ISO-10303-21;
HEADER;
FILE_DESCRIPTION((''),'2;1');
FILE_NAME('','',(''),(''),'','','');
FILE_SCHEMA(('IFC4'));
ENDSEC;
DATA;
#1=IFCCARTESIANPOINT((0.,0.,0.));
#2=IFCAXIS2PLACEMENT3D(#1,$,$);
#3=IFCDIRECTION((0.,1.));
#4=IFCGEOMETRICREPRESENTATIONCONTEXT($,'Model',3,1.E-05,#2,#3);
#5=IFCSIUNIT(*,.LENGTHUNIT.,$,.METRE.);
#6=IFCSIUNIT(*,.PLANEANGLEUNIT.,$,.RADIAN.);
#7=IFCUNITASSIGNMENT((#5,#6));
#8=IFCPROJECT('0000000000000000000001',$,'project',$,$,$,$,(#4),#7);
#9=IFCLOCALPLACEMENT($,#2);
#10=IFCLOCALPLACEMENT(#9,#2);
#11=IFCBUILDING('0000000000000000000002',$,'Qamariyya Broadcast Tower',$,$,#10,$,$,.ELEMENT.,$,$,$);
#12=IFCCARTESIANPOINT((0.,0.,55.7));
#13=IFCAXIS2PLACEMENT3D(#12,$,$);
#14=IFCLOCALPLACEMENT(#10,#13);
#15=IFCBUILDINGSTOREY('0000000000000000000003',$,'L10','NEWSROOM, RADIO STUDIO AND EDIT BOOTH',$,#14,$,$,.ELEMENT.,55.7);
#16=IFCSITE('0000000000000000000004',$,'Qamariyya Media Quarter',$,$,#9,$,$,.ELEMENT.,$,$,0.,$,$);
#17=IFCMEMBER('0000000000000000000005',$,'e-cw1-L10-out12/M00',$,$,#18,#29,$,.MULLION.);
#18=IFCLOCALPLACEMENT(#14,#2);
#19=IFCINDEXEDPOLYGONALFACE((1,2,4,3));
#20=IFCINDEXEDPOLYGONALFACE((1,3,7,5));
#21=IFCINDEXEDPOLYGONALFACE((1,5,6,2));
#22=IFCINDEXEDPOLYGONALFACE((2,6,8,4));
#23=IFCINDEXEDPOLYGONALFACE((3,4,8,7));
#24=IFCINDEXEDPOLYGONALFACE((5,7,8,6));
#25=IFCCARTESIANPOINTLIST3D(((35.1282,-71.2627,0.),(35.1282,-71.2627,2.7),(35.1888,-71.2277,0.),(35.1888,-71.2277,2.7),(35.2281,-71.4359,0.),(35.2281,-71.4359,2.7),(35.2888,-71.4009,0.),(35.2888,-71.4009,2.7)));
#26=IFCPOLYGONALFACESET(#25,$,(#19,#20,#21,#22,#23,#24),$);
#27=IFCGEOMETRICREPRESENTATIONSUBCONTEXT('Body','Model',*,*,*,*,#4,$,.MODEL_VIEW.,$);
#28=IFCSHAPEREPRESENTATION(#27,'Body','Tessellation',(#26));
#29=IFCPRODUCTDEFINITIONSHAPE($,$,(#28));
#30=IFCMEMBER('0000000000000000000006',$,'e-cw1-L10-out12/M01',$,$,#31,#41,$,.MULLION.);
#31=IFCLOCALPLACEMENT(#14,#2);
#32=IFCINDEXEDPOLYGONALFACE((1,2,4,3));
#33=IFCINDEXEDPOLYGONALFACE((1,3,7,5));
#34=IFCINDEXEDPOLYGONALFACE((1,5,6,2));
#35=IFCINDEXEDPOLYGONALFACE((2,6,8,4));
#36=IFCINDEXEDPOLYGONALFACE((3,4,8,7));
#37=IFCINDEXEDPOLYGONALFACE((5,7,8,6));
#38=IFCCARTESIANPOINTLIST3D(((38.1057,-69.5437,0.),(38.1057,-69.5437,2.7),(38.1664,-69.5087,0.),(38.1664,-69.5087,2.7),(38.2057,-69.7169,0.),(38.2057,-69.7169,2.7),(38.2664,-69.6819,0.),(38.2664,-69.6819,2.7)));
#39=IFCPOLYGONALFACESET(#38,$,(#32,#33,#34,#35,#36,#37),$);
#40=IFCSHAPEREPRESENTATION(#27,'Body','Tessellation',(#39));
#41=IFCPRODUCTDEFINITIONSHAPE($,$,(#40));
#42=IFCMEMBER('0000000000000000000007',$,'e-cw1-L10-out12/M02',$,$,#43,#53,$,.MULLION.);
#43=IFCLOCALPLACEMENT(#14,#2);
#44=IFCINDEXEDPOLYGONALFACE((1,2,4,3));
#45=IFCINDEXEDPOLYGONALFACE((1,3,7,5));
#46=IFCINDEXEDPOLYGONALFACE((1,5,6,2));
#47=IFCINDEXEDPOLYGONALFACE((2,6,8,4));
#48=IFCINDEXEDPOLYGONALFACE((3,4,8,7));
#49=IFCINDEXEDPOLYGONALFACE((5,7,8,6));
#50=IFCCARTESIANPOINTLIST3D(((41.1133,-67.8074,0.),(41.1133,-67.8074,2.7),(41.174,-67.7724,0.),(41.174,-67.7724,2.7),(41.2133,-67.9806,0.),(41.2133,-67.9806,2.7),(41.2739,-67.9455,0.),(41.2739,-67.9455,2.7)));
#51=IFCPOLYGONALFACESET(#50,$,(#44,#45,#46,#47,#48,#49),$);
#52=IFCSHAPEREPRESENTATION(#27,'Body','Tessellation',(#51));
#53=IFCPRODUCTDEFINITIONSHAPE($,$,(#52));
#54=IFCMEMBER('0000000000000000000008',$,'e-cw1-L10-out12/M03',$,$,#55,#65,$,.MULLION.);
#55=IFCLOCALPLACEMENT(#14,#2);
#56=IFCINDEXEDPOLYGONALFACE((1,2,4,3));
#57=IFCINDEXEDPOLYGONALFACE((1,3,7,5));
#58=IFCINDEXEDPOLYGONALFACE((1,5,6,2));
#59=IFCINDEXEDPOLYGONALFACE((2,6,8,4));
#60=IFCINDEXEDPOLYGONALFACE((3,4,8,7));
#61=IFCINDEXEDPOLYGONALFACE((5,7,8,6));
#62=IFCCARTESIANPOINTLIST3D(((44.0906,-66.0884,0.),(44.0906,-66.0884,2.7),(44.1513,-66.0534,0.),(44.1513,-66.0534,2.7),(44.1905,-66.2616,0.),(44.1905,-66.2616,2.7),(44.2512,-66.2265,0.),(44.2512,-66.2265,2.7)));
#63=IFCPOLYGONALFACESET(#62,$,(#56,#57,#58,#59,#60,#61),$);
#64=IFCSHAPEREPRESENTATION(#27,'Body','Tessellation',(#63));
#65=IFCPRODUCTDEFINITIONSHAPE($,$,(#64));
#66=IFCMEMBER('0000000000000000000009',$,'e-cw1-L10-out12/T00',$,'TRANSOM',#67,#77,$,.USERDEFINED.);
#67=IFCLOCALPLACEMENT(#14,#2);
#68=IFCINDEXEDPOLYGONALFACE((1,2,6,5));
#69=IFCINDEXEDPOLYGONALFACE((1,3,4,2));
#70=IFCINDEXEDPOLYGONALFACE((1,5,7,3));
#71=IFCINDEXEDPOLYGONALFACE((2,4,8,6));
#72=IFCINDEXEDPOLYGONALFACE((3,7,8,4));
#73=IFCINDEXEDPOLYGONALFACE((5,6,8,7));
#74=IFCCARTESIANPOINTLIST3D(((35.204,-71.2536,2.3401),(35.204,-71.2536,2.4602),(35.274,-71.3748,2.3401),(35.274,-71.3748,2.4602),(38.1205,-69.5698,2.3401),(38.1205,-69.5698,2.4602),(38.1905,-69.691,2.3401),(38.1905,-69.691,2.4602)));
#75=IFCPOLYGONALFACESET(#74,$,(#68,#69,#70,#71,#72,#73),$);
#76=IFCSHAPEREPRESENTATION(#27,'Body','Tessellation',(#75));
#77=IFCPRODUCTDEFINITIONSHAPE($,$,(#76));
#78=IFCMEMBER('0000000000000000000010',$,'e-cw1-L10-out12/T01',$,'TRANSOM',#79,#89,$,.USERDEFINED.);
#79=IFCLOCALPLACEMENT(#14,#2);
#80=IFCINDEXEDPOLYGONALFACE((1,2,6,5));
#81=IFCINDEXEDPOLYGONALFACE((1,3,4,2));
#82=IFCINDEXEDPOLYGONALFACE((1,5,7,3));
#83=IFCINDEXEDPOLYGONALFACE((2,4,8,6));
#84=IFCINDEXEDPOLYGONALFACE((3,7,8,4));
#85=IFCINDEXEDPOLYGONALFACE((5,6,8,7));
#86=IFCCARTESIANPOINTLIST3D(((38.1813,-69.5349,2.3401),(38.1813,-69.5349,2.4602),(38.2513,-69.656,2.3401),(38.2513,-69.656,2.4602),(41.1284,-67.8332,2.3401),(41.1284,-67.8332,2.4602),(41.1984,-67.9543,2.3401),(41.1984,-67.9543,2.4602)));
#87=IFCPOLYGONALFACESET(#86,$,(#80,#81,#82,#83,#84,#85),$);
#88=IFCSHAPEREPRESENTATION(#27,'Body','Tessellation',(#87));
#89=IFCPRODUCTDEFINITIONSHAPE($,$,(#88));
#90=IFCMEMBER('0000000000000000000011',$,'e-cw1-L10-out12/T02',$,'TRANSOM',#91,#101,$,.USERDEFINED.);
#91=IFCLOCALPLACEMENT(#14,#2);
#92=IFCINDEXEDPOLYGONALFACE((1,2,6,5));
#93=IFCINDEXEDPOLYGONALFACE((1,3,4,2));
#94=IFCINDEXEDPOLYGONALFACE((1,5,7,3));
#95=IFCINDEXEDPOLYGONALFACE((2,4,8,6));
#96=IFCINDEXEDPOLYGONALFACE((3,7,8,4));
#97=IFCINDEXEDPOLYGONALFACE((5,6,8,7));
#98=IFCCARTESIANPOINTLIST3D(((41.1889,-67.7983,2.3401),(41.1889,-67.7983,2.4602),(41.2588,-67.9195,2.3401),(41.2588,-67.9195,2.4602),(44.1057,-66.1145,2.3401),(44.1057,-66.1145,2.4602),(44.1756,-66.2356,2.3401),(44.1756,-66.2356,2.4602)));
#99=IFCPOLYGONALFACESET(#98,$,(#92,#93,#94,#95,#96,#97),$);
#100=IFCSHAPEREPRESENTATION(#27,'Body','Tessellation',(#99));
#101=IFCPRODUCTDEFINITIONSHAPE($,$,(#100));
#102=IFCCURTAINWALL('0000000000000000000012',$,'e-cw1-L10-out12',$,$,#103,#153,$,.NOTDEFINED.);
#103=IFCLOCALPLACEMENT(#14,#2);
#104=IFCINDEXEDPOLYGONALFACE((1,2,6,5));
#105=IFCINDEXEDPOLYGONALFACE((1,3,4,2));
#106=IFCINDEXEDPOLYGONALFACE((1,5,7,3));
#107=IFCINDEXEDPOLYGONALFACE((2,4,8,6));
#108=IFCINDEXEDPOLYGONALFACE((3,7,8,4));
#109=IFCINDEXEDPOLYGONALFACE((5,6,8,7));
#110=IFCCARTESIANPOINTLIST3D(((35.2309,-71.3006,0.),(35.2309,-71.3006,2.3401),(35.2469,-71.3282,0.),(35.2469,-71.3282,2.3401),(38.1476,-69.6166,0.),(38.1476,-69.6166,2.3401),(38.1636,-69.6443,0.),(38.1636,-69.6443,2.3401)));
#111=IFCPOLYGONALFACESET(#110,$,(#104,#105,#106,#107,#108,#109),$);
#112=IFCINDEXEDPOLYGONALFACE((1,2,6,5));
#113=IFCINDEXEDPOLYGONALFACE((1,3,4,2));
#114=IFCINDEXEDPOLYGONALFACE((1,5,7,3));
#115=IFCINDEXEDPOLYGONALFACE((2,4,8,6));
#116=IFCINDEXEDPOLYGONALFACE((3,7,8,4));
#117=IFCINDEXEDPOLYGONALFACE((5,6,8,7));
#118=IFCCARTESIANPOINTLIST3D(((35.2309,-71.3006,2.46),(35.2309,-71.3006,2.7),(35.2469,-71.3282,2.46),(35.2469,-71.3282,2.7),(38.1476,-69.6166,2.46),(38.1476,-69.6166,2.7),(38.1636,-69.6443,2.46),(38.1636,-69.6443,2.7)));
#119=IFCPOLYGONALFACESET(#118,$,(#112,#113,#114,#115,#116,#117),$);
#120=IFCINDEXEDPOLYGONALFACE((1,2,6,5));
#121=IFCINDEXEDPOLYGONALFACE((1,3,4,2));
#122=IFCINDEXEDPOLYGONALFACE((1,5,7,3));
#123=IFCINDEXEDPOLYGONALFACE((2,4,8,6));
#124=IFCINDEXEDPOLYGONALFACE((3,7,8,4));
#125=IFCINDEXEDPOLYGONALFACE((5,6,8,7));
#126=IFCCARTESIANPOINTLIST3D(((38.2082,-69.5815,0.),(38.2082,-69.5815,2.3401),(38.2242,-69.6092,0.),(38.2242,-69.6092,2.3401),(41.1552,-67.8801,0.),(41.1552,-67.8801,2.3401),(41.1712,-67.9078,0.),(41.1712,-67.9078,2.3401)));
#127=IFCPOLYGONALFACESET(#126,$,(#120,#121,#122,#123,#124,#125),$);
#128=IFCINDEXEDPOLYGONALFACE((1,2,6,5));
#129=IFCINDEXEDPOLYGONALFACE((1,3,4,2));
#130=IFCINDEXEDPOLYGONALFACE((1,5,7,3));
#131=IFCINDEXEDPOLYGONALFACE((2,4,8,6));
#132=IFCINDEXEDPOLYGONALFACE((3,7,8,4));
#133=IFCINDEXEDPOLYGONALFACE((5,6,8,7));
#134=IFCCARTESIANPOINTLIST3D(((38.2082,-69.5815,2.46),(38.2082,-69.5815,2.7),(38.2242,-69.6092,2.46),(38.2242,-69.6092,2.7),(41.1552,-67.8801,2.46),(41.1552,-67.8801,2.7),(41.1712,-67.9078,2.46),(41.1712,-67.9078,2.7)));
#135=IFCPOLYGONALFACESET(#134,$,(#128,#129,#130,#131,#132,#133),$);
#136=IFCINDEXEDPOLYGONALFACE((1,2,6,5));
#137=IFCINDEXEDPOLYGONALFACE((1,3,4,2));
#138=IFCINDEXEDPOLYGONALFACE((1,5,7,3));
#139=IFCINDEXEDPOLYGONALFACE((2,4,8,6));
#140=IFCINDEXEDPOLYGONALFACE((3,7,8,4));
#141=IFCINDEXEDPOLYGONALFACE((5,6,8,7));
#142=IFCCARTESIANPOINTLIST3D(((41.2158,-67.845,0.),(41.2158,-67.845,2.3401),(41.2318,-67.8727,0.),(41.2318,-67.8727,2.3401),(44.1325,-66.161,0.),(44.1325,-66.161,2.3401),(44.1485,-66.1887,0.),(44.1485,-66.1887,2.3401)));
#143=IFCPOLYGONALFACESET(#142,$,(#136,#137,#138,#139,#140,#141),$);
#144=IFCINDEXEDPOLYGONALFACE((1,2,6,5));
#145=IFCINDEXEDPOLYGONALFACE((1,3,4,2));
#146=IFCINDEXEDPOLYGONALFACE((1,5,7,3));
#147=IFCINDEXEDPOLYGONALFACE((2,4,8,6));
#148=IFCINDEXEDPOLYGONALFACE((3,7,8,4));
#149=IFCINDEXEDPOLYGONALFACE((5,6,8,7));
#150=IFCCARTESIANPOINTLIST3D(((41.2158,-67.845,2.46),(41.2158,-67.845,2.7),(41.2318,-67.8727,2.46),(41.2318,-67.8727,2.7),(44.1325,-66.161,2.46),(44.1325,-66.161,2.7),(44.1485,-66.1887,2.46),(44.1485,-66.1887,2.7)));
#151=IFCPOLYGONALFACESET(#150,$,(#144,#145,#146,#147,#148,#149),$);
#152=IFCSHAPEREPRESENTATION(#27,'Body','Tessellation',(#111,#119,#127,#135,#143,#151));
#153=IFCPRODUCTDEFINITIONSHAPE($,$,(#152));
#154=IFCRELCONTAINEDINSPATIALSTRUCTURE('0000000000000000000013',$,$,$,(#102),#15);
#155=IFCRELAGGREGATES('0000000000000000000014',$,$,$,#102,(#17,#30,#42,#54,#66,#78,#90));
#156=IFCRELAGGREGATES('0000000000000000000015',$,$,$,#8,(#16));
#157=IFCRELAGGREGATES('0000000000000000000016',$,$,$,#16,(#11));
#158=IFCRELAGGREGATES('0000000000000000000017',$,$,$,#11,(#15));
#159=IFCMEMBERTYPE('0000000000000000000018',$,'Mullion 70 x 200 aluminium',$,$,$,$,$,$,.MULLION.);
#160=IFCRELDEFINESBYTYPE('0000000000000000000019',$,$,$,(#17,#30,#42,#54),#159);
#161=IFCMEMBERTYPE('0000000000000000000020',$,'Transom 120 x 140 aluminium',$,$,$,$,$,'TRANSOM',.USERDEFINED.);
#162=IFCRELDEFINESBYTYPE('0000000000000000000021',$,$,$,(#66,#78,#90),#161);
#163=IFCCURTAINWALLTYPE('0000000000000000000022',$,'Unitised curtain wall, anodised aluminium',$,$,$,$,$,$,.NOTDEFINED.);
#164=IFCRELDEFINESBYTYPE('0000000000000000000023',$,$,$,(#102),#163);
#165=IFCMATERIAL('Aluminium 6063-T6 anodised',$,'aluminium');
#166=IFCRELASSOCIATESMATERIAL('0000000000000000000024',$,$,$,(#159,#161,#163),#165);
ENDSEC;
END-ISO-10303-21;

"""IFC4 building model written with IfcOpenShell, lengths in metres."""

from ifc_helpers import new_model, si_unit, direction, frame, origin, origin_2d, place, context, subcontext, project, spatial, rectangle, extrude, material, material_profile, profile_set, type_object, element, aggregate, save


model = new_model("IFC4")

# Units and contexts
model_context = context("Model", 3, precision=1e-05, world=origin(), true_north=direction((0.0, 1.0)))
body_context = subcontext(model_context, "Body", "Model", "MODEL_VIEW")
ifc_project = project(units=[si_unit("LENGTHUNIT", "METRE"), si_unit("PLANEANGLEUNIT", "RADIAN")], contexts=[model_context])

# Members
ifc_material = material(Name="Aluminium 6063-T6 anodised", Category="aluminium")
ifc_material_profile_1 = material_profile(ifc_material, rectangle(XDim=0.2, YDim=0.0701, at=origin_2d()))
ifc_profile_set_1 = profile_set([ifc_material_profile_1], Name="Aluminium 6063-T6 anodised")
member_type_1 = type_object("IfcMemberType", Name="Mullion 70 x 200 aluminium", PredefinedType="MULLION", material=ifc_profile_set_1)
site_placement = place(None, origin())
building_placement = place(site_placement, origin())
storey_placement = place(building_placement, frame((0.0, 0.0, 55.7)))
member_1_placement = place(storey_placement, frame((35.2085, -71.3318, 0.0), z_axis=(0.0, 0.0, 1.0), x_axis=(-0.5, 0.866025, 0.0)))
member_1 = element("IfcMember", 1, at=member_1_placement, type_object=member_type_1, Name="e-cw1-L10-out12/M00", PredefinedType="MULLION", context=body_context, shape_type="SweptSolid", body=[
    extrude(rectangle(XDim=0.2, YDim=0.0701, at=origin_2d()), origin(), (0.0, 0.0, 1.0), 2.7),
])
member_2_placement = place(storey_placement, frame((38.186, -69.6128, 0.0), z_axis=(0.0, 0.0, 1.0), x_axis=(-0.5, 0.866025, 0.0)))
member_2 = element("IfcMember", 2, at=member_2_placement, type_object=member_type_1, Name="e-cw1-L10-out12/M01", PredefinedType="MULLION", context=body_context, shape_type="SweptSolid", body=[
    extrude(rectangle(XDim=0.2, YDim=0.0701, at=origin_2d()), origin(), (0.0, 0.0, 1.0), 2.7),
])
member_3_placement = place(storey_placement, frame((41.1936, -67.8765, 0.0), z_axis=(0.0, 0.0, 1.0), x_axis=(-0.5, 0.866025, 0.0)))
member_3 = element("IfcMember", 3, at=member_3_placement, type_object=member_type_1, Name="e-cw1-L10-out12/M02", PredefinedType="MULLION", context=body_context, shape_type="SweptSolid", body=[
    extrude(rectangle(XDim=0.2, YDim=0.0701, at=origin_2d()), origin(), (0.0, 0.0, 1.0), 2.7),
])
member_4_placement = place(storey_placement, frame((44.1709, -66.1575, 0.0), z_axis=(0.0, 0.0, 1.0), x_axis=(-0.5, 0.866025, 0.0)))
member_4 = element("IfcMember", 4, at=member_4_placement, type_object=member_type_1, Name="e-cw1-L10-out12/M03", PredefinedType="MULLION", context=body_context, shape_type="SweptSolid", body=[
    extrude(rectangle(XDim=0.2, YDim=0.0701, at=origin_2d()), origin(), (0.0, 0.0, 1.0), 2.7),
])
ifc_material_profile_2 = material_profile(ifc_material, rectangle(XDim=0.1399, YDim=0.1201, at=origin_2d()))
ifc_profile_set_2 = profile_set([ifc_material_profile_2], Name="Aluminium 6063-T6 anodised")
member_type_2 = type_object("IfcMemberType", Name="Transom 120 x 140 aluminium", ElementType="TRANSOM", PredefinedType="USERDEFINED", material=ifc_profile_set_2)
member_5_placement = place(storey_placement, frame((35.239, -71.3142, 2.4001), z_axis=(0.866026, 0.499999, 0.0), x_axis=(-0.499999, 0.866026, 0.0)))
member_5 = element("IfcMember", 5, at=member_5_placement, type_object=member_type_2, Name="e-cw1-L10-out12/T00", ObjectType="TRANSOM", PredefinedType="USERDEFINED", context=body_context, shape_type="SweptSolid", body=[
    extrude(rectangle(XDim=0.1399, YDim=0.1201, at=origin_2d()), origin(), (0.0, 0.0, 1.0), 3.3677),
])
member_6_placement = place(storey_placement, frame((38.2163, -69.5955, 2.4001), z_axis=(0.866, 0.500043, 0.0), x_axis=(-0.500043, 0.866, 0.0)))
member_6 = element("IfcMember", 6, at=member_6_placement, type_object=member_type_2, Name="e-cw1-L10-out12/T01", ObjectType="TRANSOM", PredefinedType="USERDEFINED", context=body_context, shape_type="SweptSolid", body=[
    extrude(rectangle(XDim=0.1399, YDim=0.1201, at=origin_2d()), origin(), (0.0, 0.0, 1.0), 3.4031),
])
member_7_placement = place(storey_placement, frame((41.2239, -67.8589, 2.4001), z_axis=(0.866044, 0.499967, 0.0), x_axis=(-0.499967, 0.866044, 0.0)))
member_7 = element("IfcMember", 7, at=member_7_placement, type_object=member_type_2, Name="e-cw1-L10-out12/T02", ObjectType="TRANSOM", PredefinedType="USERDEFINED", context=body_context, shape_type="SweptSolid", body=[
    extrude(rectangle(XDim=0.1399, YDim=0.1201, at=origin_2d()), origin(), (0.0, 0.0, 1.0), 3.3679),
])

# Site, building, storey
site = spatial("IfcSite", under=ifc_project, at=site_placement, Name="Qamariyya Media Quarter", CompositionType="ELEMENT", RefElevation=0.0)
building = spatial("IfcBuilding", under=site, at=building_placement, Name="Qamariyya Broadcast Tower", CompositionType="ELEMENT")
storey = spatial("IfcBuildingStorey", under=building, at=storey_placement, Name="L10", Description="NEWSROOM, RADIO STUDIO AND EDIT BOOTH", CompositionType="ELEMENT", Elevation=55.7)

# Curtain wall
curtain_wall_type = type_object("IfcCurtainWallType", Name="Unitised curtain wall, anodised aluminium", PredefinedType="NOTDEFINED", material=ifc_material)
curtain_wall_1_placement = place(storey_placement, origin())
curtain_wall_1 = element("IfcCurtainWall", 8, at=curtain_wall_1_placement, inside=storey, type_object=curtain_wall_type, Name="e-cw1-L10-out12", PredefinedType="NOTDEFINED", context=body_context, shape_type="SweptSolid", body=[
    extrude(rectangle(XDim=3.3679, YDim=0.032, at=origin_2d()), frame((36.6973, -70.4724, 0.0), x_axis=(0.866022, 0.500005, 0.0)), (0.0, 0.0, 1.0), 2.3401),
    extrude(rectangle(XDim=3.3679, YDim=0.032, at=origin_2d()), frame((36.6973, -70.4724, 2.46), x_axis=(0.866022, 0.500005, 0.0)), (0.0, 0.0, 1.0), 0.24),
    extrude(rectangle(XDim=3.4028, YDim=0.032, at=origin_2d()), frame((39.6897, -68.7446, 0.0), x_axis=(0.866022, 0.500005, 0.0)), (0.0, 0.0, 1.0), 2.3401),
    extrude(rectangle(XDim=3.4028, YDim=0.032, at=origin_2d()), frame((39.6897, -68.7446, 2.46), x_axis=(0.866022, 0.500005, 0.0)), (0.0, 0.0, 1.0), 0.24),
    extrude(rectangle(XDim=3.3679, YDim=0.032, at=origin_2d()), frame((42.6821, -67.0168, 0.0), x_axis=(0.866022, 0.500005, 0.0)), (0.0, 0.0, 1.0), 2.3401),
    extrude(rectangle(XDim=3.3679, YDim=0.032, at=origin_2d()), frame((42.6821, -67.0168, 2.46), x_axis=(0.866022, 0.500005, 0.0)), (0.0, 0.0, 1.0), 0.24),
])
aggregate(curtain_wall_1, [member_1, member_2, member_3, member_4, member_5, member_6, member_7])

save(model, "model.ifc")
